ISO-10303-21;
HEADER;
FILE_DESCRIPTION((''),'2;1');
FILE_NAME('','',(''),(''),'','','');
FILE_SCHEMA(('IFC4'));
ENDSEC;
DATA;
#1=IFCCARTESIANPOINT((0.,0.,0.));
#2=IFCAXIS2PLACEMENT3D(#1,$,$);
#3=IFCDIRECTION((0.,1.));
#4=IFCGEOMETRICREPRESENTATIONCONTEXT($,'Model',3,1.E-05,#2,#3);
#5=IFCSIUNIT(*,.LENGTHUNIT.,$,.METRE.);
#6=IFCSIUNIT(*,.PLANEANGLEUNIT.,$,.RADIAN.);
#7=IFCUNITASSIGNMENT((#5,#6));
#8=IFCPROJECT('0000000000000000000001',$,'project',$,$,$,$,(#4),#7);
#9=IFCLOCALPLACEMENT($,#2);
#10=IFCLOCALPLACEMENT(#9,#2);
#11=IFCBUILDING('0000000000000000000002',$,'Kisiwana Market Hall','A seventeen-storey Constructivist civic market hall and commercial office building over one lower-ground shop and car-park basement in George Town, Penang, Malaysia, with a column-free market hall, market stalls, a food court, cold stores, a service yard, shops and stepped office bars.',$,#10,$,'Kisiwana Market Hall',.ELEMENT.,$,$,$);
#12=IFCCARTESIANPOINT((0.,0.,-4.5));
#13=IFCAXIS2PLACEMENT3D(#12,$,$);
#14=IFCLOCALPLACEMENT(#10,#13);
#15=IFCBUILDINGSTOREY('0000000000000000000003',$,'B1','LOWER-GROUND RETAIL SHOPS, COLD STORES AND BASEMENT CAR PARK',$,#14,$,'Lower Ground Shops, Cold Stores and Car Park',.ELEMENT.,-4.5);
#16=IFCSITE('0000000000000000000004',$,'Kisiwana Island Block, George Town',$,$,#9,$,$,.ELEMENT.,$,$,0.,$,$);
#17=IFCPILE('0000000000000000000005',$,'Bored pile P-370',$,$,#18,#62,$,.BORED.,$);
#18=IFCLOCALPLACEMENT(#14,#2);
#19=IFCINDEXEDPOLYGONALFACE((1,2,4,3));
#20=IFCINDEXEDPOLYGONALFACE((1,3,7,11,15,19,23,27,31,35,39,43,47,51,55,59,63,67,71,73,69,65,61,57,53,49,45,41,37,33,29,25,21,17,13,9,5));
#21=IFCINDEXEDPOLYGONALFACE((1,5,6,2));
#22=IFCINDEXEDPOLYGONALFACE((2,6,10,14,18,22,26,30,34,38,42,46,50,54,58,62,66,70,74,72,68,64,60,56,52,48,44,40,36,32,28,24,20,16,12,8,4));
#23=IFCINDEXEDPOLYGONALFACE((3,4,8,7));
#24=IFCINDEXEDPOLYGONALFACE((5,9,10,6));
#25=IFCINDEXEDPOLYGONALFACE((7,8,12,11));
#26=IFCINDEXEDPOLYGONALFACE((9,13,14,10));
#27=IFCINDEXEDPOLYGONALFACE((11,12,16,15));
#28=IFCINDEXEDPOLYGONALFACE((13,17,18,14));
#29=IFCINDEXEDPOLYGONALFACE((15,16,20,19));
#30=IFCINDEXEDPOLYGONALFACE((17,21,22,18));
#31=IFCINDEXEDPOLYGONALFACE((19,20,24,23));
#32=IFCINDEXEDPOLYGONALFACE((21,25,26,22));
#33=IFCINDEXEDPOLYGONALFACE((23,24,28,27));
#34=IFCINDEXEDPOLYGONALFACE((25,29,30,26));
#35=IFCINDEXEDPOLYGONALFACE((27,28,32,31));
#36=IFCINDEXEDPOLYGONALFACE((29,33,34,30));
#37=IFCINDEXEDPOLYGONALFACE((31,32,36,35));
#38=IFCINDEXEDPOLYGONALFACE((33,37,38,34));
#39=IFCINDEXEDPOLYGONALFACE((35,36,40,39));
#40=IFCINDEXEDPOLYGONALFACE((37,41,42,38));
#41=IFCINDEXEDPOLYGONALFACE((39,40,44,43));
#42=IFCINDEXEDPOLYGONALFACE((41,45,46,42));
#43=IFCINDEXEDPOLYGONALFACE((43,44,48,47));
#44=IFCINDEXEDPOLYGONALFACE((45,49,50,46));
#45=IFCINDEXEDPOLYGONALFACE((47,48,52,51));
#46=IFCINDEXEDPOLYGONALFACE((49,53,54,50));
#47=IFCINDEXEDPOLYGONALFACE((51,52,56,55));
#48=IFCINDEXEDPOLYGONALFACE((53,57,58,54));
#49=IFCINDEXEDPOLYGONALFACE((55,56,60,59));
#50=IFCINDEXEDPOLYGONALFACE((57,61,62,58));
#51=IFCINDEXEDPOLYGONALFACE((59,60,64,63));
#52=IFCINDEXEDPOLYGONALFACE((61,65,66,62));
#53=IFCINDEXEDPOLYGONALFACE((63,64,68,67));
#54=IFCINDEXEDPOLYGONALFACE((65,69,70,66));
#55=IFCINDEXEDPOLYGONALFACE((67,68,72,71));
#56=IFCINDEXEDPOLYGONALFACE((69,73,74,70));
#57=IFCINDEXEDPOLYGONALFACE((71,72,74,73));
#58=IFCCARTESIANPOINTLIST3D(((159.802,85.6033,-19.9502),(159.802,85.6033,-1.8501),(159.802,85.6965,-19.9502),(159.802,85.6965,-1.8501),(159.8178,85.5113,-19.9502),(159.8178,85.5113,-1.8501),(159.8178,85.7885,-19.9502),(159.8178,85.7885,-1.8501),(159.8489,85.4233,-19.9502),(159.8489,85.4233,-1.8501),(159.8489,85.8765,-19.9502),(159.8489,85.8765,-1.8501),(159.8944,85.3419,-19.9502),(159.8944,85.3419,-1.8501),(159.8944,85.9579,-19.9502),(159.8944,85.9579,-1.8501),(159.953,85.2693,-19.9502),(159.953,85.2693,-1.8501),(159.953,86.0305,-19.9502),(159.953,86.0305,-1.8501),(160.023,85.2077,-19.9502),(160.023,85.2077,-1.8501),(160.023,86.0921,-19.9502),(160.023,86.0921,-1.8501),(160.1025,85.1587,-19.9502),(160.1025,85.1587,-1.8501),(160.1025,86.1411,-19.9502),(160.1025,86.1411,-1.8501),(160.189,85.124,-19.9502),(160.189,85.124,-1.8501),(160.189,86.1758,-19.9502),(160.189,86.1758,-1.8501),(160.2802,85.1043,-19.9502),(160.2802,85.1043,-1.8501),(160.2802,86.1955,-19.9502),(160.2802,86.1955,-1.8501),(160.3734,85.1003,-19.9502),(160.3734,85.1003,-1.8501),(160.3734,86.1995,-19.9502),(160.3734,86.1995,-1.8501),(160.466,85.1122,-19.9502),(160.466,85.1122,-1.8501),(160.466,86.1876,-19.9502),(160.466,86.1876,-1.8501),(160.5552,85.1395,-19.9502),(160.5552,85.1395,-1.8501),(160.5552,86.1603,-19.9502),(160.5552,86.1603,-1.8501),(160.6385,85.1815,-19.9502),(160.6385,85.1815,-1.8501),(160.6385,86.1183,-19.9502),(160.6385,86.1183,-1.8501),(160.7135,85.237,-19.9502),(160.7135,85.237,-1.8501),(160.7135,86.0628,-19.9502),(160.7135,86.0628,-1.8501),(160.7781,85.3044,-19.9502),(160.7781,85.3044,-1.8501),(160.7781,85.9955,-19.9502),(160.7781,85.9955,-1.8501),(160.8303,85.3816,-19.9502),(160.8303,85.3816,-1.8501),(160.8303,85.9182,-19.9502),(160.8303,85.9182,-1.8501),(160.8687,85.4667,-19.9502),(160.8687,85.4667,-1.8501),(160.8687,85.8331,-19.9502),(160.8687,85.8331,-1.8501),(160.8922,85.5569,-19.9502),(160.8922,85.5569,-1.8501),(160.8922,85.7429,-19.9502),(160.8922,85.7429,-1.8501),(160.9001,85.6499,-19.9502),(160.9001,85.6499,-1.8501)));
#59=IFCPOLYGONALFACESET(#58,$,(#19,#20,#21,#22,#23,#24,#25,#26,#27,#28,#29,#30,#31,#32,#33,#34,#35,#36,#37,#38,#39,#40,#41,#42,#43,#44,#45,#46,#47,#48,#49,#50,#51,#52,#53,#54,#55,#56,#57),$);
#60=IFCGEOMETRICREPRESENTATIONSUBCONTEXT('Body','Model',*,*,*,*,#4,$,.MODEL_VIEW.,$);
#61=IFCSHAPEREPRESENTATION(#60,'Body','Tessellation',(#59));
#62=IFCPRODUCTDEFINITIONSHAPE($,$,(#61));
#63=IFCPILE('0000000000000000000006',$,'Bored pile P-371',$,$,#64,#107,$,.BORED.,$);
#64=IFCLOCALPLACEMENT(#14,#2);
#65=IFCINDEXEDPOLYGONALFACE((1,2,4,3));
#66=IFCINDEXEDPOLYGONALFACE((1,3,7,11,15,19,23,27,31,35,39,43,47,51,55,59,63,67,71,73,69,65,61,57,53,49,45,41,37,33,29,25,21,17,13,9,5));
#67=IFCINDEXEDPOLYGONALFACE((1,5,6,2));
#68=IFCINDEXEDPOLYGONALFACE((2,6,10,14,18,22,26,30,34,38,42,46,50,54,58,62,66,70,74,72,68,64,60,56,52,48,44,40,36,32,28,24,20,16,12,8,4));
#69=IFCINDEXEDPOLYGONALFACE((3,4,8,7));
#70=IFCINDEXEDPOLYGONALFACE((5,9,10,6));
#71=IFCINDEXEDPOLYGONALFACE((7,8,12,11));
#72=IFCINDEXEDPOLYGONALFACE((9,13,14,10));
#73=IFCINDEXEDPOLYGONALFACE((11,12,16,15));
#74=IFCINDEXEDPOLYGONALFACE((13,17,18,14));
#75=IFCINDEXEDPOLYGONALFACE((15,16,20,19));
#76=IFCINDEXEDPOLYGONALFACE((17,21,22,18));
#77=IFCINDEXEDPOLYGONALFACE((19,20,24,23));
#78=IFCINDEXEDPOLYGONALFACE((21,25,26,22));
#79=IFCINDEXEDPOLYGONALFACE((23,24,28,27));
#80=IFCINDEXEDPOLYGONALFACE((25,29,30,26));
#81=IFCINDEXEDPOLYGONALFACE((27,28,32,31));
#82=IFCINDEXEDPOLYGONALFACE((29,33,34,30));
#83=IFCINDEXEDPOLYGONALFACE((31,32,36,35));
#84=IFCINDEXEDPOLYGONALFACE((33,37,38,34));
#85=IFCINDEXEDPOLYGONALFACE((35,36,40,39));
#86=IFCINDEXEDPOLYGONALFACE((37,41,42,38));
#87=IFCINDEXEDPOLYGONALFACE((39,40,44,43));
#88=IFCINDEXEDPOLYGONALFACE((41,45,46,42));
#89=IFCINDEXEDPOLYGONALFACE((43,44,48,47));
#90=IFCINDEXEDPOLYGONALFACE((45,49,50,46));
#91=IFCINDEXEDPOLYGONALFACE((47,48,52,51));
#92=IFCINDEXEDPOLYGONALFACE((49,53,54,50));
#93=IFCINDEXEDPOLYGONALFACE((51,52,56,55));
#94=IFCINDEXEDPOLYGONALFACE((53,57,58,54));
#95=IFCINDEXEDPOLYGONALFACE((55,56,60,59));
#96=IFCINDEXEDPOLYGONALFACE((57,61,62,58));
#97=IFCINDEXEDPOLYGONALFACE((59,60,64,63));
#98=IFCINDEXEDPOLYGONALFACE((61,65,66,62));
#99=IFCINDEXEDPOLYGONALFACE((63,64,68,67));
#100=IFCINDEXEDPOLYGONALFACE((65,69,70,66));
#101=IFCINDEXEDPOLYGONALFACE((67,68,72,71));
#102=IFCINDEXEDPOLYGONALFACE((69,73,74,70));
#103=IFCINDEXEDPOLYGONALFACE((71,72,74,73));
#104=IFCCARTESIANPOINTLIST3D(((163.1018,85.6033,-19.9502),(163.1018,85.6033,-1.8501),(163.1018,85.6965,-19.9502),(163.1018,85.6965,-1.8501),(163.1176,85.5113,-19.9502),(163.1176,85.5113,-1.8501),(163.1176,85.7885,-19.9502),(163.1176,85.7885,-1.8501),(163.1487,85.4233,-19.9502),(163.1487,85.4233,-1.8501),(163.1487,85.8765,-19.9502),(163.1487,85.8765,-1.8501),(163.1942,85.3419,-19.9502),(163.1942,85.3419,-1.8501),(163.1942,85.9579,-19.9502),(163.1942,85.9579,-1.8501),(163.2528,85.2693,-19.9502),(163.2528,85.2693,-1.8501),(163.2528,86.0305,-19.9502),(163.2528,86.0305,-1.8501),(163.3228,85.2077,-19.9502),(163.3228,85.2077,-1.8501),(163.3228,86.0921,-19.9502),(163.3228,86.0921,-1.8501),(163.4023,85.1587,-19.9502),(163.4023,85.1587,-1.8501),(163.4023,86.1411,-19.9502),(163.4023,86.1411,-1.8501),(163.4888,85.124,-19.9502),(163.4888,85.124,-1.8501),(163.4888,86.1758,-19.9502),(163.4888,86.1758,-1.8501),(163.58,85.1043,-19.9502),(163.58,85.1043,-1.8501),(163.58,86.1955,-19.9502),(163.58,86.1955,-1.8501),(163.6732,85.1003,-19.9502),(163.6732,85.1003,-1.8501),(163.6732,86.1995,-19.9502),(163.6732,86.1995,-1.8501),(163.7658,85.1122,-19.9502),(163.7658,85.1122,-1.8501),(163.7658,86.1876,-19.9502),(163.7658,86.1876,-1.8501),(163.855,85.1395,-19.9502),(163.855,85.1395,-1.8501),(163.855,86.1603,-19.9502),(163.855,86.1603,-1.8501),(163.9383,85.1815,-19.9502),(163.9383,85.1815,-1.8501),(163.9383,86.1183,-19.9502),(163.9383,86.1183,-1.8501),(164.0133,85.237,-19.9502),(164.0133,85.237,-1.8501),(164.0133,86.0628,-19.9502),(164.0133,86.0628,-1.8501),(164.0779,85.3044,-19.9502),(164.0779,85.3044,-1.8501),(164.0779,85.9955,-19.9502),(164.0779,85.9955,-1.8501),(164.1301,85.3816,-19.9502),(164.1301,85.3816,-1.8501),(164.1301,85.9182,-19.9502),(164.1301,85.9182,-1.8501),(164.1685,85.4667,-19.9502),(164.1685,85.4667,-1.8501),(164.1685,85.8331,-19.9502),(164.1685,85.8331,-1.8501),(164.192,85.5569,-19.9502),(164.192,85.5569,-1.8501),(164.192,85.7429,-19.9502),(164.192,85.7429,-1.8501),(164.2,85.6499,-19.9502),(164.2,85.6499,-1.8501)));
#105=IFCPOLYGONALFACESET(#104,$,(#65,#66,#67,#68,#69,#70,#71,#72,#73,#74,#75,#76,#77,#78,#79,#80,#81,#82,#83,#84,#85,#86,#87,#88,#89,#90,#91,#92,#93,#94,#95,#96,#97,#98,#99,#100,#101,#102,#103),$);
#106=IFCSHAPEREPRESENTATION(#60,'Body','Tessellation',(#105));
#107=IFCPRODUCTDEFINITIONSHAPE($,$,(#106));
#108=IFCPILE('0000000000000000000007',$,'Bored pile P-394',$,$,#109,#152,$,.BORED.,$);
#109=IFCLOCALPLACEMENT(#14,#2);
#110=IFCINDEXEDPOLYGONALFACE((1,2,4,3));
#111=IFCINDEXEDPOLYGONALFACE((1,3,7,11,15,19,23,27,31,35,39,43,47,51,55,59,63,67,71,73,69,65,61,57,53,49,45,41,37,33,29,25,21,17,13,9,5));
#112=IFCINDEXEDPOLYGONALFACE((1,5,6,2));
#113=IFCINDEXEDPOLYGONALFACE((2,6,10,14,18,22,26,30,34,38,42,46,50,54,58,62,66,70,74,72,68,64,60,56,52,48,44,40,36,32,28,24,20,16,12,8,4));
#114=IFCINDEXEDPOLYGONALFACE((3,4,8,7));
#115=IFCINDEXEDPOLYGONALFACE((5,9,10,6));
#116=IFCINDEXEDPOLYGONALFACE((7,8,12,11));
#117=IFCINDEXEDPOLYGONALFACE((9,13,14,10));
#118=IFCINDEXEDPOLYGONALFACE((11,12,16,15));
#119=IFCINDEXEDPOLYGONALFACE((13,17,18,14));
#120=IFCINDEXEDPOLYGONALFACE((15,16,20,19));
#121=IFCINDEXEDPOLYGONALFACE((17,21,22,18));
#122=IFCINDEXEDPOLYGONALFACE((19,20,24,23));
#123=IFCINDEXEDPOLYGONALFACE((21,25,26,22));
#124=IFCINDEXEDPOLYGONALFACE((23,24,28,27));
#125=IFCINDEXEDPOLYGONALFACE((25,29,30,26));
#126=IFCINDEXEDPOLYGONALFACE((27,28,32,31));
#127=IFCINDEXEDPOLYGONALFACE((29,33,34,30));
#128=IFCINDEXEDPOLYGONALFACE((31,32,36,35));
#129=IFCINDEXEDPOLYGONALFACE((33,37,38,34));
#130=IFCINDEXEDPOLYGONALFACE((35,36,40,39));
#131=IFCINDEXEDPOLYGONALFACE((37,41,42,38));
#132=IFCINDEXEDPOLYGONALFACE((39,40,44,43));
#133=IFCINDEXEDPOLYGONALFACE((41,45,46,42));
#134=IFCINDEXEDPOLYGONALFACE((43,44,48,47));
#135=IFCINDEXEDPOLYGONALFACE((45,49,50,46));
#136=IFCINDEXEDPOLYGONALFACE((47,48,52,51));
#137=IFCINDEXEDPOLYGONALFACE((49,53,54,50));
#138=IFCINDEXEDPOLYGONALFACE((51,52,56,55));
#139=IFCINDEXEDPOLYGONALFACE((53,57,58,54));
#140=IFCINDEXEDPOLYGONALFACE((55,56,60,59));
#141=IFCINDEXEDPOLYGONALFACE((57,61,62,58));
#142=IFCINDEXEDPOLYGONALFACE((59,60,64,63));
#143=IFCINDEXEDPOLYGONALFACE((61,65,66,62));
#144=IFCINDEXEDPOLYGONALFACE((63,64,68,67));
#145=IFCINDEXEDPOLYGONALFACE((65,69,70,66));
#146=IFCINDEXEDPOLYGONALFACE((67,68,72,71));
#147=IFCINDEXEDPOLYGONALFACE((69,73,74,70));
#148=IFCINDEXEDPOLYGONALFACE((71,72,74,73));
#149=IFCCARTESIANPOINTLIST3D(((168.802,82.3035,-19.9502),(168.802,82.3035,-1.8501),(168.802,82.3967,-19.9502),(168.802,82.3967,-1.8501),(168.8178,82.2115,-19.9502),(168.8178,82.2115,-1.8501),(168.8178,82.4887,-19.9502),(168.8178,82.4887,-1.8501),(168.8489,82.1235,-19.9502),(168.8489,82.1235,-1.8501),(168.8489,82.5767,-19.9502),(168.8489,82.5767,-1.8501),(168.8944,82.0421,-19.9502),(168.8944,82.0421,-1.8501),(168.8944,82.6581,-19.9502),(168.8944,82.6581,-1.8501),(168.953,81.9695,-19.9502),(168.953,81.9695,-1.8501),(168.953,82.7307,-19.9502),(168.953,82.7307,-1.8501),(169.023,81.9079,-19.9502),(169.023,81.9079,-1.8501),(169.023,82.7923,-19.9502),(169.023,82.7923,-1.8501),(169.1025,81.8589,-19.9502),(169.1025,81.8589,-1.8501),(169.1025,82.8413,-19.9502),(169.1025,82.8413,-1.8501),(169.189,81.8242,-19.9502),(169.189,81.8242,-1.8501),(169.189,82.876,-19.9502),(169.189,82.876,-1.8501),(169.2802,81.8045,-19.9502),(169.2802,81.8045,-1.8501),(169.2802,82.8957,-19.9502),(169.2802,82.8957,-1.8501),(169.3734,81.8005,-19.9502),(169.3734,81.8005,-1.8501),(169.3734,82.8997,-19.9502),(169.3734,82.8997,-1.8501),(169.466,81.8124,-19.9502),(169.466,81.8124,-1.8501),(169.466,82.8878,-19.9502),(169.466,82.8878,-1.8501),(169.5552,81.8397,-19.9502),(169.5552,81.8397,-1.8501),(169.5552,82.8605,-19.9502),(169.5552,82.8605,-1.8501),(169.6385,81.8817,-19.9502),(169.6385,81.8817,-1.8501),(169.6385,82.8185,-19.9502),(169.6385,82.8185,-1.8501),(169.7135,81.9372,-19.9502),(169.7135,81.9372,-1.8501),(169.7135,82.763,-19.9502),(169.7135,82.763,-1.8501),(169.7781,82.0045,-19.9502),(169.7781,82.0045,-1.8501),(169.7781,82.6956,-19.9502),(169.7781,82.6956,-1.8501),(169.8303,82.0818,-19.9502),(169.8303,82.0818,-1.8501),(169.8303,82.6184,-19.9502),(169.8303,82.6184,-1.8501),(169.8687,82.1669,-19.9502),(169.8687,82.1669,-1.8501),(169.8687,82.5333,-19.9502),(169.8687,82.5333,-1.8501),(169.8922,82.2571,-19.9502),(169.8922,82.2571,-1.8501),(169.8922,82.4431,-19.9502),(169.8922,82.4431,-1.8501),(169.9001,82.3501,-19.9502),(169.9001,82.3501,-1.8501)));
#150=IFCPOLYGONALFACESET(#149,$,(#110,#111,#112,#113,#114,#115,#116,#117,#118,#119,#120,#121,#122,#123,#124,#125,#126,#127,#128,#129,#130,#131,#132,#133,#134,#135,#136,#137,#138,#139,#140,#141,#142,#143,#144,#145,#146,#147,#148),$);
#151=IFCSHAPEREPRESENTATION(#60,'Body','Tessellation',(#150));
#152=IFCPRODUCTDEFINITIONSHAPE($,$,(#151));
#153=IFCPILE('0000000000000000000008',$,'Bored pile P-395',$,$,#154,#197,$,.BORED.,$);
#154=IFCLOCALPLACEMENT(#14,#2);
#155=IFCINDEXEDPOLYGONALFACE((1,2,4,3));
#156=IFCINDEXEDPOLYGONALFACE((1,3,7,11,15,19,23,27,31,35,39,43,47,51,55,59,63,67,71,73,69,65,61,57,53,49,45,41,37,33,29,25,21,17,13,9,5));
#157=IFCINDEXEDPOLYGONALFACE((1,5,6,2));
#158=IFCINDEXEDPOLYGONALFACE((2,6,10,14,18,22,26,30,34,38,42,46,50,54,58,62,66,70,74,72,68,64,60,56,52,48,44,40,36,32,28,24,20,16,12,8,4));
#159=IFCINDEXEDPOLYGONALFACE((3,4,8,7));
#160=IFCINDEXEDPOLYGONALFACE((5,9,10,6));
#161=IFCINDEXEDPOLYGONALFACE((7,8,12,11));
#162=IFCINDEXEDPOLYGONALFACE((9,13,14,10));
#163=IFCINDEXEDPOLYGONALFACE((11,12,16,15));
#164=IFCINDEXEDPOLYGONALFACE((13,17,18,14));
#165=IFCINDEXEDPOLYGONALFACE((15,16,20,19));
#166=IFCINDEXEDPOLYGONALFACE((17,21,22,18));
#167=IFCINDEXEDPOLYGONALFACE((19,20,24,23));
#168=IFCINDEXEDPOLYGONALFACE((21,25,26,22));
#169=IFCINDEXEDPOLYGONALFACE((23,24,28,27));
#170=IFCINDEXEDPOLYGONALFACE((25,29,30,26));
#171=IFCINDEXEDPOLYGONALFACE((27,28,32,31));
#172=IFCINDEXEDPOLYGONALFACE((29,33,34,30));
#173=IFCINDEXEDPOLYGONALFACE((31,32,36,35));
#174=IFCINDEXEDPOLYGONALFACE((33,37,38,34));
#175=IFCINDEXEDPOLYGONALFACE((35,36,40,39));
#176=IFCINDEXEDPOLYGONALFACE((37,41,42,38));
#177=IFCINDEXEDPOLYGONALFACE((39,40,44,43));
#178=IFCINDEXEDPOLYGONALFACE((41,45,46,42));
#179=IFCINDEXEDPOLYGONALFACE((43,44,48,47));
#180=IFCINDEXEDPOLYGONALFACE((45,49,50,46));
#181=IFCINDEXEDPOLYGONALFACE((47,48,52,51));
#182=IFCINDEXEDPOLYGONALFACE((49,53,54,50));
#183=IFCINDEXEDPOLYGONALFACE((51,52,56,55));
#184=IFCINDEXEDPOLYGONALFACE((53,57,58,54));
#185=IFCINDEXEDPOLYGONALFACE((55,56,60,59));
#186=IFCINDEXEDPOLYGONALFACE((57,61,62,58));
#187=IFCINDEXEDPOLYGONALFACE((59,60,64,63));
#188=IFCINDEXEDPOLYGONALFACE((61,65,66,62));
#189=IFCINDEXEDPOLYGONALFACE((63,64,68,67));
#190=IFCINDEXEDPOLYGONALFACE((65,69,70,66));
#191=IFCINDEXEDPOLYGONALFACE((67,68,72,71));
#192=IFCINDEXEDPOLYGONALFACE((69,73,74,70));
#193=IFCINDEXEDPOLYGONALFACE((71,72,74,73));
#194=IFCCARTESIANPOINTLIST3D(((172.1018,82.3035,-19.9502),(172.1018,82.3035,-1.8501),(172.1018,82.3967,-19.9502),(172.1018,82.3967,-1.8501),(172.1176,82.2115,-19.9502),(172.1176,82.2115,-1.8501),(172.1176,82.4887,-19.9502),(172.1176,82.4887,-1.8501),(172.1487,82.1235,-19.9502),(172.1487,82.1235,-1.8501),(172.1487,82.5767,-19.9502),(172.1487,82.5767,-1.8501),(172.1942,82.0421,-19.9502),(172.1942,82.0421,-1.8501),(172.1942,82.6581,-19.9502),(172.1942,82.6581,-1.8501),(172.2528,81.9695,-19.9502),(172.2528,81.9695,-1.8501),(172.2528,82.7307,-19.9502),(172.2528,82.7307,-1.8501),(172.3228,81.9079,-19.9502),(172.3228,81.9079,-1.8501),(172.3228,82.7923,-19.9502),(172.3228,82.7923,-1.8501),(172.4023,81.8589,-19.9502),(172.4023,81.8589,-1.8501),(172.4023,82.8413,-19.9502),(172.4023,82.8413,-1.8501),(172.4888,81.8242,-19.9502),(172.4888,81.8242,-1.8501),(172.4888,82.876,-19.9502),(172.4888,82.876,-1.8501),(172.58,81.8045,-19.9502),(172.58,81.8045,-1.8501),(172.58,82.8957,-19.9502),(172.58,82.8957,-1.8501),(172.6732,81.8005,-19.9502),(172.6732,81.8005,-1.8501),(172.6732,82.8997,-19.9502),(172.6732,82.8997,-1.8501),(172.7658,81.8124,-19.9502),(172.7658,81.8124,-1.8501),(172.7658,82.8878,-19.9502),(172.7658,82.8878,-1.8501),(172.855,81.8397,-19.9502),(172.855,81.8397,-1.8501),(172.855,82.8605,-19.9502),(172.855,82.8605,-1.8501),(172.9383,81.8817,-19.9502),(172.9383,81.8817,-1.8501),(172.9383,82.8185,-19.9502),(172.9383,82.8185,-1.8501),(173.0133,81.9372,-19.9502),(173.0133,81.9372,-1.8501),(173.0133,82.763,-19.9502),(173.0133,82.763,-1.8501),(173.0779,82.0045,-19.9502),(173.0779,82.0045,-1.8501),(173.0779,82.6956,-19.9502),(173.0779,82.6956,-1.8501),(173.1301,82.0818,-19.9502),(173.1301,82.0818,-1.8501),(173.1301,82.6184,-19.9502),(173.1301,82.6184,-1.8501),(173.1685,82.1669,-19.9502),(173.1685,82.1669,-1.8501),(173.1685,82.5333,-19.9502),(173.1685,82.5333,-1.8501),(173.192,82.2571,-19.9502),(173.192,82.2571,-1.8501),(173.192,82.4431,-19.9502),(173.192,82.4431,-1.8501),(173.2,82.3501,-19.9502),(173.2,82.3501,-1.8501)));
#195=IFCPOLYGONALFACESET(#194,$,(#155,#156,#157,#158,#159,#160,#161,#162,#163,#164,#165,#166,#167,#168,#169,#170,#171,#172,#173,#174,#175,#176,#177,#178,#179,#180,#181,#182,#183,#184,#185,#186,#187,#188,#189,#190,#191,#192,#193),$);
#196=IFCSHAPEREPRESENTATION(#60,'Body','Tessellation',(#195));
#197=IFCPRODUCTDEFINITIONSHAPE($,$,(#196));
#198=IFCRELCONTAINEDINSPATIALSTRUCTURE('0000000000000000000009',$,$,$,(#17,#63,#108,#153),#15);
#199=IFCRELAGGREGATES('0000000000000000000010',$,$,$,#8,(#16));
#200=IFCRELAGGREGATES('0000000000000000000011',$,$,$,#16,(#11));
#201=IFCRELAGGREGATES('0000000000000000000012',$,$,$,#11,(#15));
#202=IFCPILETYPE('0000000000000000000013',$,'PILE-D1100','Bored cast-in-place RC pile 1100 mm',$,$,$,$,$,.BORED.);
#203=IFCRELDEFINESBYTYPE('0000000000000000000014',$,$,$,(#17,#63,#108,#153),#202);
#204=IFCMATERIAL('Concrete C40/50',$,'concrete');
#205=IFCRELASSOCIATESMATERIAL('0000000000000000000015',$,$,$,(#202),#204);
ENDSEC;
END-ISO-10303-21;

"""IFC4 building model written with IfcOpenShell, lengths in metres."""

from ifc_helpers import new_model, si_unit, direction, frame, origin, origin_2d, place, context, subcontext, project, spatial, circle, extrude, material, material_profile, profile_set, type_object, element, save


model = new_model("IFC4")

# Units and contexts
model_context = context("Model", 3, precision=1e-05, world=origin(), true_north=direction((0.0, 1.0)))
body_context = subcontext(model_context, "Body", "Model", "MODEL_VIEW")
ifc_project = project(units=[si_unit("LENGTHUNIT", "METRE"), si_unit("PLANEANGLEUNIT", "RADIAN")], contexts=[model_context])

# Site, building, storey
site_placement = place(None, origin())
site = spatial("IfcSite", under=ifc_project, at=site_placement, Name="Kisiwana Island Block, George Town", CompositionType="ELEMENT", RefElevation=0.0)
building_placement = place(site_placement, origin())
building = spatial("IfcBuilding", under=site, at=building_placement, Name="Kisiwana Market Hall", Description="A seventeen-storey Constructivist civic market hall and commercial office building over one lower-ground shop and car-park basement in George Town, Penang, Malaysia, with a column-free market hall, market stalls, a food court, cold stores, a service yard, shops and stepped office bars.", LongName="Kisiwana Market Hall", CompositionType="ELEMENT")
storey_placement = place(building_placement, frame((0.0, 0.0, -4.5)))
storey = spatial("IfcBuildingStorey", under=building, at=storey_placement, Name="B1", Description="LOWER-GROUND RETAIL SHOPS, COLD STORES AND BASEMENT CAR PARK", LongName="Lower Ground Shops, Cold Stores and Car Park", CompositionType="ELEMENT", Elevation=-4.5)

# Piles
ifc_material_1 = material(Name="Concrete C40/50", Category="concrete")
ifc_material_profile_1 = material_profile(ifc_material_1, circle(Radius=0.55, at=origin_2d()), Name="BP D1100")
ifc_profile_set_1 = profile_set([ifc_material_profile_1], Name="Concrete C40/50")
pile_type_1 = type_object("IfcPileType", Name="PILE-D1100", Description="Bored cast-in-place RC pile 1100 mm", PredefinedType="BORED", material=ifc_profile_set_1)
for number, where, z_axis, x_axis, name in (
    (1, (160.3501, 85.6499, -1.8501), (0.0, 0.0, -1.0), (1.0, 0.0, 0.0), "Bored pile P-370"),
    (2, (163.6499, 85.6499, -1.8501), (0.0, 0.0, -1.0), (1.0, 0.0, 0.0), "Bored pile P-371"),
    (3, (169.3501, 82.3501, -1.8501), (0.0, 0.0, -1.0), (1.0, 0.0, 0.0), "Bored pile P-394"),
    (4, (172.6499, 82.3501, -1.8501), (0.0, 0.0, -1.0), (1.0, 0.0, 0.0), "Bored pile P-395"),
):
    element("IfcPile", number, at=place(storey_placement, frame(where, z_axis=z_axis, x_axis=x_axis)), inside=storey, type_object=pile_type_1, Name=name, PredefinedType="BORED", context=body_context, shape_type="SweptSolid", body=[
        extrude(circle(Radius=0.55, at=origin_2d()), origin(), (0.0, 0.0, 1.0), 18.1001),
    ])

save(model, "model.ifc")
